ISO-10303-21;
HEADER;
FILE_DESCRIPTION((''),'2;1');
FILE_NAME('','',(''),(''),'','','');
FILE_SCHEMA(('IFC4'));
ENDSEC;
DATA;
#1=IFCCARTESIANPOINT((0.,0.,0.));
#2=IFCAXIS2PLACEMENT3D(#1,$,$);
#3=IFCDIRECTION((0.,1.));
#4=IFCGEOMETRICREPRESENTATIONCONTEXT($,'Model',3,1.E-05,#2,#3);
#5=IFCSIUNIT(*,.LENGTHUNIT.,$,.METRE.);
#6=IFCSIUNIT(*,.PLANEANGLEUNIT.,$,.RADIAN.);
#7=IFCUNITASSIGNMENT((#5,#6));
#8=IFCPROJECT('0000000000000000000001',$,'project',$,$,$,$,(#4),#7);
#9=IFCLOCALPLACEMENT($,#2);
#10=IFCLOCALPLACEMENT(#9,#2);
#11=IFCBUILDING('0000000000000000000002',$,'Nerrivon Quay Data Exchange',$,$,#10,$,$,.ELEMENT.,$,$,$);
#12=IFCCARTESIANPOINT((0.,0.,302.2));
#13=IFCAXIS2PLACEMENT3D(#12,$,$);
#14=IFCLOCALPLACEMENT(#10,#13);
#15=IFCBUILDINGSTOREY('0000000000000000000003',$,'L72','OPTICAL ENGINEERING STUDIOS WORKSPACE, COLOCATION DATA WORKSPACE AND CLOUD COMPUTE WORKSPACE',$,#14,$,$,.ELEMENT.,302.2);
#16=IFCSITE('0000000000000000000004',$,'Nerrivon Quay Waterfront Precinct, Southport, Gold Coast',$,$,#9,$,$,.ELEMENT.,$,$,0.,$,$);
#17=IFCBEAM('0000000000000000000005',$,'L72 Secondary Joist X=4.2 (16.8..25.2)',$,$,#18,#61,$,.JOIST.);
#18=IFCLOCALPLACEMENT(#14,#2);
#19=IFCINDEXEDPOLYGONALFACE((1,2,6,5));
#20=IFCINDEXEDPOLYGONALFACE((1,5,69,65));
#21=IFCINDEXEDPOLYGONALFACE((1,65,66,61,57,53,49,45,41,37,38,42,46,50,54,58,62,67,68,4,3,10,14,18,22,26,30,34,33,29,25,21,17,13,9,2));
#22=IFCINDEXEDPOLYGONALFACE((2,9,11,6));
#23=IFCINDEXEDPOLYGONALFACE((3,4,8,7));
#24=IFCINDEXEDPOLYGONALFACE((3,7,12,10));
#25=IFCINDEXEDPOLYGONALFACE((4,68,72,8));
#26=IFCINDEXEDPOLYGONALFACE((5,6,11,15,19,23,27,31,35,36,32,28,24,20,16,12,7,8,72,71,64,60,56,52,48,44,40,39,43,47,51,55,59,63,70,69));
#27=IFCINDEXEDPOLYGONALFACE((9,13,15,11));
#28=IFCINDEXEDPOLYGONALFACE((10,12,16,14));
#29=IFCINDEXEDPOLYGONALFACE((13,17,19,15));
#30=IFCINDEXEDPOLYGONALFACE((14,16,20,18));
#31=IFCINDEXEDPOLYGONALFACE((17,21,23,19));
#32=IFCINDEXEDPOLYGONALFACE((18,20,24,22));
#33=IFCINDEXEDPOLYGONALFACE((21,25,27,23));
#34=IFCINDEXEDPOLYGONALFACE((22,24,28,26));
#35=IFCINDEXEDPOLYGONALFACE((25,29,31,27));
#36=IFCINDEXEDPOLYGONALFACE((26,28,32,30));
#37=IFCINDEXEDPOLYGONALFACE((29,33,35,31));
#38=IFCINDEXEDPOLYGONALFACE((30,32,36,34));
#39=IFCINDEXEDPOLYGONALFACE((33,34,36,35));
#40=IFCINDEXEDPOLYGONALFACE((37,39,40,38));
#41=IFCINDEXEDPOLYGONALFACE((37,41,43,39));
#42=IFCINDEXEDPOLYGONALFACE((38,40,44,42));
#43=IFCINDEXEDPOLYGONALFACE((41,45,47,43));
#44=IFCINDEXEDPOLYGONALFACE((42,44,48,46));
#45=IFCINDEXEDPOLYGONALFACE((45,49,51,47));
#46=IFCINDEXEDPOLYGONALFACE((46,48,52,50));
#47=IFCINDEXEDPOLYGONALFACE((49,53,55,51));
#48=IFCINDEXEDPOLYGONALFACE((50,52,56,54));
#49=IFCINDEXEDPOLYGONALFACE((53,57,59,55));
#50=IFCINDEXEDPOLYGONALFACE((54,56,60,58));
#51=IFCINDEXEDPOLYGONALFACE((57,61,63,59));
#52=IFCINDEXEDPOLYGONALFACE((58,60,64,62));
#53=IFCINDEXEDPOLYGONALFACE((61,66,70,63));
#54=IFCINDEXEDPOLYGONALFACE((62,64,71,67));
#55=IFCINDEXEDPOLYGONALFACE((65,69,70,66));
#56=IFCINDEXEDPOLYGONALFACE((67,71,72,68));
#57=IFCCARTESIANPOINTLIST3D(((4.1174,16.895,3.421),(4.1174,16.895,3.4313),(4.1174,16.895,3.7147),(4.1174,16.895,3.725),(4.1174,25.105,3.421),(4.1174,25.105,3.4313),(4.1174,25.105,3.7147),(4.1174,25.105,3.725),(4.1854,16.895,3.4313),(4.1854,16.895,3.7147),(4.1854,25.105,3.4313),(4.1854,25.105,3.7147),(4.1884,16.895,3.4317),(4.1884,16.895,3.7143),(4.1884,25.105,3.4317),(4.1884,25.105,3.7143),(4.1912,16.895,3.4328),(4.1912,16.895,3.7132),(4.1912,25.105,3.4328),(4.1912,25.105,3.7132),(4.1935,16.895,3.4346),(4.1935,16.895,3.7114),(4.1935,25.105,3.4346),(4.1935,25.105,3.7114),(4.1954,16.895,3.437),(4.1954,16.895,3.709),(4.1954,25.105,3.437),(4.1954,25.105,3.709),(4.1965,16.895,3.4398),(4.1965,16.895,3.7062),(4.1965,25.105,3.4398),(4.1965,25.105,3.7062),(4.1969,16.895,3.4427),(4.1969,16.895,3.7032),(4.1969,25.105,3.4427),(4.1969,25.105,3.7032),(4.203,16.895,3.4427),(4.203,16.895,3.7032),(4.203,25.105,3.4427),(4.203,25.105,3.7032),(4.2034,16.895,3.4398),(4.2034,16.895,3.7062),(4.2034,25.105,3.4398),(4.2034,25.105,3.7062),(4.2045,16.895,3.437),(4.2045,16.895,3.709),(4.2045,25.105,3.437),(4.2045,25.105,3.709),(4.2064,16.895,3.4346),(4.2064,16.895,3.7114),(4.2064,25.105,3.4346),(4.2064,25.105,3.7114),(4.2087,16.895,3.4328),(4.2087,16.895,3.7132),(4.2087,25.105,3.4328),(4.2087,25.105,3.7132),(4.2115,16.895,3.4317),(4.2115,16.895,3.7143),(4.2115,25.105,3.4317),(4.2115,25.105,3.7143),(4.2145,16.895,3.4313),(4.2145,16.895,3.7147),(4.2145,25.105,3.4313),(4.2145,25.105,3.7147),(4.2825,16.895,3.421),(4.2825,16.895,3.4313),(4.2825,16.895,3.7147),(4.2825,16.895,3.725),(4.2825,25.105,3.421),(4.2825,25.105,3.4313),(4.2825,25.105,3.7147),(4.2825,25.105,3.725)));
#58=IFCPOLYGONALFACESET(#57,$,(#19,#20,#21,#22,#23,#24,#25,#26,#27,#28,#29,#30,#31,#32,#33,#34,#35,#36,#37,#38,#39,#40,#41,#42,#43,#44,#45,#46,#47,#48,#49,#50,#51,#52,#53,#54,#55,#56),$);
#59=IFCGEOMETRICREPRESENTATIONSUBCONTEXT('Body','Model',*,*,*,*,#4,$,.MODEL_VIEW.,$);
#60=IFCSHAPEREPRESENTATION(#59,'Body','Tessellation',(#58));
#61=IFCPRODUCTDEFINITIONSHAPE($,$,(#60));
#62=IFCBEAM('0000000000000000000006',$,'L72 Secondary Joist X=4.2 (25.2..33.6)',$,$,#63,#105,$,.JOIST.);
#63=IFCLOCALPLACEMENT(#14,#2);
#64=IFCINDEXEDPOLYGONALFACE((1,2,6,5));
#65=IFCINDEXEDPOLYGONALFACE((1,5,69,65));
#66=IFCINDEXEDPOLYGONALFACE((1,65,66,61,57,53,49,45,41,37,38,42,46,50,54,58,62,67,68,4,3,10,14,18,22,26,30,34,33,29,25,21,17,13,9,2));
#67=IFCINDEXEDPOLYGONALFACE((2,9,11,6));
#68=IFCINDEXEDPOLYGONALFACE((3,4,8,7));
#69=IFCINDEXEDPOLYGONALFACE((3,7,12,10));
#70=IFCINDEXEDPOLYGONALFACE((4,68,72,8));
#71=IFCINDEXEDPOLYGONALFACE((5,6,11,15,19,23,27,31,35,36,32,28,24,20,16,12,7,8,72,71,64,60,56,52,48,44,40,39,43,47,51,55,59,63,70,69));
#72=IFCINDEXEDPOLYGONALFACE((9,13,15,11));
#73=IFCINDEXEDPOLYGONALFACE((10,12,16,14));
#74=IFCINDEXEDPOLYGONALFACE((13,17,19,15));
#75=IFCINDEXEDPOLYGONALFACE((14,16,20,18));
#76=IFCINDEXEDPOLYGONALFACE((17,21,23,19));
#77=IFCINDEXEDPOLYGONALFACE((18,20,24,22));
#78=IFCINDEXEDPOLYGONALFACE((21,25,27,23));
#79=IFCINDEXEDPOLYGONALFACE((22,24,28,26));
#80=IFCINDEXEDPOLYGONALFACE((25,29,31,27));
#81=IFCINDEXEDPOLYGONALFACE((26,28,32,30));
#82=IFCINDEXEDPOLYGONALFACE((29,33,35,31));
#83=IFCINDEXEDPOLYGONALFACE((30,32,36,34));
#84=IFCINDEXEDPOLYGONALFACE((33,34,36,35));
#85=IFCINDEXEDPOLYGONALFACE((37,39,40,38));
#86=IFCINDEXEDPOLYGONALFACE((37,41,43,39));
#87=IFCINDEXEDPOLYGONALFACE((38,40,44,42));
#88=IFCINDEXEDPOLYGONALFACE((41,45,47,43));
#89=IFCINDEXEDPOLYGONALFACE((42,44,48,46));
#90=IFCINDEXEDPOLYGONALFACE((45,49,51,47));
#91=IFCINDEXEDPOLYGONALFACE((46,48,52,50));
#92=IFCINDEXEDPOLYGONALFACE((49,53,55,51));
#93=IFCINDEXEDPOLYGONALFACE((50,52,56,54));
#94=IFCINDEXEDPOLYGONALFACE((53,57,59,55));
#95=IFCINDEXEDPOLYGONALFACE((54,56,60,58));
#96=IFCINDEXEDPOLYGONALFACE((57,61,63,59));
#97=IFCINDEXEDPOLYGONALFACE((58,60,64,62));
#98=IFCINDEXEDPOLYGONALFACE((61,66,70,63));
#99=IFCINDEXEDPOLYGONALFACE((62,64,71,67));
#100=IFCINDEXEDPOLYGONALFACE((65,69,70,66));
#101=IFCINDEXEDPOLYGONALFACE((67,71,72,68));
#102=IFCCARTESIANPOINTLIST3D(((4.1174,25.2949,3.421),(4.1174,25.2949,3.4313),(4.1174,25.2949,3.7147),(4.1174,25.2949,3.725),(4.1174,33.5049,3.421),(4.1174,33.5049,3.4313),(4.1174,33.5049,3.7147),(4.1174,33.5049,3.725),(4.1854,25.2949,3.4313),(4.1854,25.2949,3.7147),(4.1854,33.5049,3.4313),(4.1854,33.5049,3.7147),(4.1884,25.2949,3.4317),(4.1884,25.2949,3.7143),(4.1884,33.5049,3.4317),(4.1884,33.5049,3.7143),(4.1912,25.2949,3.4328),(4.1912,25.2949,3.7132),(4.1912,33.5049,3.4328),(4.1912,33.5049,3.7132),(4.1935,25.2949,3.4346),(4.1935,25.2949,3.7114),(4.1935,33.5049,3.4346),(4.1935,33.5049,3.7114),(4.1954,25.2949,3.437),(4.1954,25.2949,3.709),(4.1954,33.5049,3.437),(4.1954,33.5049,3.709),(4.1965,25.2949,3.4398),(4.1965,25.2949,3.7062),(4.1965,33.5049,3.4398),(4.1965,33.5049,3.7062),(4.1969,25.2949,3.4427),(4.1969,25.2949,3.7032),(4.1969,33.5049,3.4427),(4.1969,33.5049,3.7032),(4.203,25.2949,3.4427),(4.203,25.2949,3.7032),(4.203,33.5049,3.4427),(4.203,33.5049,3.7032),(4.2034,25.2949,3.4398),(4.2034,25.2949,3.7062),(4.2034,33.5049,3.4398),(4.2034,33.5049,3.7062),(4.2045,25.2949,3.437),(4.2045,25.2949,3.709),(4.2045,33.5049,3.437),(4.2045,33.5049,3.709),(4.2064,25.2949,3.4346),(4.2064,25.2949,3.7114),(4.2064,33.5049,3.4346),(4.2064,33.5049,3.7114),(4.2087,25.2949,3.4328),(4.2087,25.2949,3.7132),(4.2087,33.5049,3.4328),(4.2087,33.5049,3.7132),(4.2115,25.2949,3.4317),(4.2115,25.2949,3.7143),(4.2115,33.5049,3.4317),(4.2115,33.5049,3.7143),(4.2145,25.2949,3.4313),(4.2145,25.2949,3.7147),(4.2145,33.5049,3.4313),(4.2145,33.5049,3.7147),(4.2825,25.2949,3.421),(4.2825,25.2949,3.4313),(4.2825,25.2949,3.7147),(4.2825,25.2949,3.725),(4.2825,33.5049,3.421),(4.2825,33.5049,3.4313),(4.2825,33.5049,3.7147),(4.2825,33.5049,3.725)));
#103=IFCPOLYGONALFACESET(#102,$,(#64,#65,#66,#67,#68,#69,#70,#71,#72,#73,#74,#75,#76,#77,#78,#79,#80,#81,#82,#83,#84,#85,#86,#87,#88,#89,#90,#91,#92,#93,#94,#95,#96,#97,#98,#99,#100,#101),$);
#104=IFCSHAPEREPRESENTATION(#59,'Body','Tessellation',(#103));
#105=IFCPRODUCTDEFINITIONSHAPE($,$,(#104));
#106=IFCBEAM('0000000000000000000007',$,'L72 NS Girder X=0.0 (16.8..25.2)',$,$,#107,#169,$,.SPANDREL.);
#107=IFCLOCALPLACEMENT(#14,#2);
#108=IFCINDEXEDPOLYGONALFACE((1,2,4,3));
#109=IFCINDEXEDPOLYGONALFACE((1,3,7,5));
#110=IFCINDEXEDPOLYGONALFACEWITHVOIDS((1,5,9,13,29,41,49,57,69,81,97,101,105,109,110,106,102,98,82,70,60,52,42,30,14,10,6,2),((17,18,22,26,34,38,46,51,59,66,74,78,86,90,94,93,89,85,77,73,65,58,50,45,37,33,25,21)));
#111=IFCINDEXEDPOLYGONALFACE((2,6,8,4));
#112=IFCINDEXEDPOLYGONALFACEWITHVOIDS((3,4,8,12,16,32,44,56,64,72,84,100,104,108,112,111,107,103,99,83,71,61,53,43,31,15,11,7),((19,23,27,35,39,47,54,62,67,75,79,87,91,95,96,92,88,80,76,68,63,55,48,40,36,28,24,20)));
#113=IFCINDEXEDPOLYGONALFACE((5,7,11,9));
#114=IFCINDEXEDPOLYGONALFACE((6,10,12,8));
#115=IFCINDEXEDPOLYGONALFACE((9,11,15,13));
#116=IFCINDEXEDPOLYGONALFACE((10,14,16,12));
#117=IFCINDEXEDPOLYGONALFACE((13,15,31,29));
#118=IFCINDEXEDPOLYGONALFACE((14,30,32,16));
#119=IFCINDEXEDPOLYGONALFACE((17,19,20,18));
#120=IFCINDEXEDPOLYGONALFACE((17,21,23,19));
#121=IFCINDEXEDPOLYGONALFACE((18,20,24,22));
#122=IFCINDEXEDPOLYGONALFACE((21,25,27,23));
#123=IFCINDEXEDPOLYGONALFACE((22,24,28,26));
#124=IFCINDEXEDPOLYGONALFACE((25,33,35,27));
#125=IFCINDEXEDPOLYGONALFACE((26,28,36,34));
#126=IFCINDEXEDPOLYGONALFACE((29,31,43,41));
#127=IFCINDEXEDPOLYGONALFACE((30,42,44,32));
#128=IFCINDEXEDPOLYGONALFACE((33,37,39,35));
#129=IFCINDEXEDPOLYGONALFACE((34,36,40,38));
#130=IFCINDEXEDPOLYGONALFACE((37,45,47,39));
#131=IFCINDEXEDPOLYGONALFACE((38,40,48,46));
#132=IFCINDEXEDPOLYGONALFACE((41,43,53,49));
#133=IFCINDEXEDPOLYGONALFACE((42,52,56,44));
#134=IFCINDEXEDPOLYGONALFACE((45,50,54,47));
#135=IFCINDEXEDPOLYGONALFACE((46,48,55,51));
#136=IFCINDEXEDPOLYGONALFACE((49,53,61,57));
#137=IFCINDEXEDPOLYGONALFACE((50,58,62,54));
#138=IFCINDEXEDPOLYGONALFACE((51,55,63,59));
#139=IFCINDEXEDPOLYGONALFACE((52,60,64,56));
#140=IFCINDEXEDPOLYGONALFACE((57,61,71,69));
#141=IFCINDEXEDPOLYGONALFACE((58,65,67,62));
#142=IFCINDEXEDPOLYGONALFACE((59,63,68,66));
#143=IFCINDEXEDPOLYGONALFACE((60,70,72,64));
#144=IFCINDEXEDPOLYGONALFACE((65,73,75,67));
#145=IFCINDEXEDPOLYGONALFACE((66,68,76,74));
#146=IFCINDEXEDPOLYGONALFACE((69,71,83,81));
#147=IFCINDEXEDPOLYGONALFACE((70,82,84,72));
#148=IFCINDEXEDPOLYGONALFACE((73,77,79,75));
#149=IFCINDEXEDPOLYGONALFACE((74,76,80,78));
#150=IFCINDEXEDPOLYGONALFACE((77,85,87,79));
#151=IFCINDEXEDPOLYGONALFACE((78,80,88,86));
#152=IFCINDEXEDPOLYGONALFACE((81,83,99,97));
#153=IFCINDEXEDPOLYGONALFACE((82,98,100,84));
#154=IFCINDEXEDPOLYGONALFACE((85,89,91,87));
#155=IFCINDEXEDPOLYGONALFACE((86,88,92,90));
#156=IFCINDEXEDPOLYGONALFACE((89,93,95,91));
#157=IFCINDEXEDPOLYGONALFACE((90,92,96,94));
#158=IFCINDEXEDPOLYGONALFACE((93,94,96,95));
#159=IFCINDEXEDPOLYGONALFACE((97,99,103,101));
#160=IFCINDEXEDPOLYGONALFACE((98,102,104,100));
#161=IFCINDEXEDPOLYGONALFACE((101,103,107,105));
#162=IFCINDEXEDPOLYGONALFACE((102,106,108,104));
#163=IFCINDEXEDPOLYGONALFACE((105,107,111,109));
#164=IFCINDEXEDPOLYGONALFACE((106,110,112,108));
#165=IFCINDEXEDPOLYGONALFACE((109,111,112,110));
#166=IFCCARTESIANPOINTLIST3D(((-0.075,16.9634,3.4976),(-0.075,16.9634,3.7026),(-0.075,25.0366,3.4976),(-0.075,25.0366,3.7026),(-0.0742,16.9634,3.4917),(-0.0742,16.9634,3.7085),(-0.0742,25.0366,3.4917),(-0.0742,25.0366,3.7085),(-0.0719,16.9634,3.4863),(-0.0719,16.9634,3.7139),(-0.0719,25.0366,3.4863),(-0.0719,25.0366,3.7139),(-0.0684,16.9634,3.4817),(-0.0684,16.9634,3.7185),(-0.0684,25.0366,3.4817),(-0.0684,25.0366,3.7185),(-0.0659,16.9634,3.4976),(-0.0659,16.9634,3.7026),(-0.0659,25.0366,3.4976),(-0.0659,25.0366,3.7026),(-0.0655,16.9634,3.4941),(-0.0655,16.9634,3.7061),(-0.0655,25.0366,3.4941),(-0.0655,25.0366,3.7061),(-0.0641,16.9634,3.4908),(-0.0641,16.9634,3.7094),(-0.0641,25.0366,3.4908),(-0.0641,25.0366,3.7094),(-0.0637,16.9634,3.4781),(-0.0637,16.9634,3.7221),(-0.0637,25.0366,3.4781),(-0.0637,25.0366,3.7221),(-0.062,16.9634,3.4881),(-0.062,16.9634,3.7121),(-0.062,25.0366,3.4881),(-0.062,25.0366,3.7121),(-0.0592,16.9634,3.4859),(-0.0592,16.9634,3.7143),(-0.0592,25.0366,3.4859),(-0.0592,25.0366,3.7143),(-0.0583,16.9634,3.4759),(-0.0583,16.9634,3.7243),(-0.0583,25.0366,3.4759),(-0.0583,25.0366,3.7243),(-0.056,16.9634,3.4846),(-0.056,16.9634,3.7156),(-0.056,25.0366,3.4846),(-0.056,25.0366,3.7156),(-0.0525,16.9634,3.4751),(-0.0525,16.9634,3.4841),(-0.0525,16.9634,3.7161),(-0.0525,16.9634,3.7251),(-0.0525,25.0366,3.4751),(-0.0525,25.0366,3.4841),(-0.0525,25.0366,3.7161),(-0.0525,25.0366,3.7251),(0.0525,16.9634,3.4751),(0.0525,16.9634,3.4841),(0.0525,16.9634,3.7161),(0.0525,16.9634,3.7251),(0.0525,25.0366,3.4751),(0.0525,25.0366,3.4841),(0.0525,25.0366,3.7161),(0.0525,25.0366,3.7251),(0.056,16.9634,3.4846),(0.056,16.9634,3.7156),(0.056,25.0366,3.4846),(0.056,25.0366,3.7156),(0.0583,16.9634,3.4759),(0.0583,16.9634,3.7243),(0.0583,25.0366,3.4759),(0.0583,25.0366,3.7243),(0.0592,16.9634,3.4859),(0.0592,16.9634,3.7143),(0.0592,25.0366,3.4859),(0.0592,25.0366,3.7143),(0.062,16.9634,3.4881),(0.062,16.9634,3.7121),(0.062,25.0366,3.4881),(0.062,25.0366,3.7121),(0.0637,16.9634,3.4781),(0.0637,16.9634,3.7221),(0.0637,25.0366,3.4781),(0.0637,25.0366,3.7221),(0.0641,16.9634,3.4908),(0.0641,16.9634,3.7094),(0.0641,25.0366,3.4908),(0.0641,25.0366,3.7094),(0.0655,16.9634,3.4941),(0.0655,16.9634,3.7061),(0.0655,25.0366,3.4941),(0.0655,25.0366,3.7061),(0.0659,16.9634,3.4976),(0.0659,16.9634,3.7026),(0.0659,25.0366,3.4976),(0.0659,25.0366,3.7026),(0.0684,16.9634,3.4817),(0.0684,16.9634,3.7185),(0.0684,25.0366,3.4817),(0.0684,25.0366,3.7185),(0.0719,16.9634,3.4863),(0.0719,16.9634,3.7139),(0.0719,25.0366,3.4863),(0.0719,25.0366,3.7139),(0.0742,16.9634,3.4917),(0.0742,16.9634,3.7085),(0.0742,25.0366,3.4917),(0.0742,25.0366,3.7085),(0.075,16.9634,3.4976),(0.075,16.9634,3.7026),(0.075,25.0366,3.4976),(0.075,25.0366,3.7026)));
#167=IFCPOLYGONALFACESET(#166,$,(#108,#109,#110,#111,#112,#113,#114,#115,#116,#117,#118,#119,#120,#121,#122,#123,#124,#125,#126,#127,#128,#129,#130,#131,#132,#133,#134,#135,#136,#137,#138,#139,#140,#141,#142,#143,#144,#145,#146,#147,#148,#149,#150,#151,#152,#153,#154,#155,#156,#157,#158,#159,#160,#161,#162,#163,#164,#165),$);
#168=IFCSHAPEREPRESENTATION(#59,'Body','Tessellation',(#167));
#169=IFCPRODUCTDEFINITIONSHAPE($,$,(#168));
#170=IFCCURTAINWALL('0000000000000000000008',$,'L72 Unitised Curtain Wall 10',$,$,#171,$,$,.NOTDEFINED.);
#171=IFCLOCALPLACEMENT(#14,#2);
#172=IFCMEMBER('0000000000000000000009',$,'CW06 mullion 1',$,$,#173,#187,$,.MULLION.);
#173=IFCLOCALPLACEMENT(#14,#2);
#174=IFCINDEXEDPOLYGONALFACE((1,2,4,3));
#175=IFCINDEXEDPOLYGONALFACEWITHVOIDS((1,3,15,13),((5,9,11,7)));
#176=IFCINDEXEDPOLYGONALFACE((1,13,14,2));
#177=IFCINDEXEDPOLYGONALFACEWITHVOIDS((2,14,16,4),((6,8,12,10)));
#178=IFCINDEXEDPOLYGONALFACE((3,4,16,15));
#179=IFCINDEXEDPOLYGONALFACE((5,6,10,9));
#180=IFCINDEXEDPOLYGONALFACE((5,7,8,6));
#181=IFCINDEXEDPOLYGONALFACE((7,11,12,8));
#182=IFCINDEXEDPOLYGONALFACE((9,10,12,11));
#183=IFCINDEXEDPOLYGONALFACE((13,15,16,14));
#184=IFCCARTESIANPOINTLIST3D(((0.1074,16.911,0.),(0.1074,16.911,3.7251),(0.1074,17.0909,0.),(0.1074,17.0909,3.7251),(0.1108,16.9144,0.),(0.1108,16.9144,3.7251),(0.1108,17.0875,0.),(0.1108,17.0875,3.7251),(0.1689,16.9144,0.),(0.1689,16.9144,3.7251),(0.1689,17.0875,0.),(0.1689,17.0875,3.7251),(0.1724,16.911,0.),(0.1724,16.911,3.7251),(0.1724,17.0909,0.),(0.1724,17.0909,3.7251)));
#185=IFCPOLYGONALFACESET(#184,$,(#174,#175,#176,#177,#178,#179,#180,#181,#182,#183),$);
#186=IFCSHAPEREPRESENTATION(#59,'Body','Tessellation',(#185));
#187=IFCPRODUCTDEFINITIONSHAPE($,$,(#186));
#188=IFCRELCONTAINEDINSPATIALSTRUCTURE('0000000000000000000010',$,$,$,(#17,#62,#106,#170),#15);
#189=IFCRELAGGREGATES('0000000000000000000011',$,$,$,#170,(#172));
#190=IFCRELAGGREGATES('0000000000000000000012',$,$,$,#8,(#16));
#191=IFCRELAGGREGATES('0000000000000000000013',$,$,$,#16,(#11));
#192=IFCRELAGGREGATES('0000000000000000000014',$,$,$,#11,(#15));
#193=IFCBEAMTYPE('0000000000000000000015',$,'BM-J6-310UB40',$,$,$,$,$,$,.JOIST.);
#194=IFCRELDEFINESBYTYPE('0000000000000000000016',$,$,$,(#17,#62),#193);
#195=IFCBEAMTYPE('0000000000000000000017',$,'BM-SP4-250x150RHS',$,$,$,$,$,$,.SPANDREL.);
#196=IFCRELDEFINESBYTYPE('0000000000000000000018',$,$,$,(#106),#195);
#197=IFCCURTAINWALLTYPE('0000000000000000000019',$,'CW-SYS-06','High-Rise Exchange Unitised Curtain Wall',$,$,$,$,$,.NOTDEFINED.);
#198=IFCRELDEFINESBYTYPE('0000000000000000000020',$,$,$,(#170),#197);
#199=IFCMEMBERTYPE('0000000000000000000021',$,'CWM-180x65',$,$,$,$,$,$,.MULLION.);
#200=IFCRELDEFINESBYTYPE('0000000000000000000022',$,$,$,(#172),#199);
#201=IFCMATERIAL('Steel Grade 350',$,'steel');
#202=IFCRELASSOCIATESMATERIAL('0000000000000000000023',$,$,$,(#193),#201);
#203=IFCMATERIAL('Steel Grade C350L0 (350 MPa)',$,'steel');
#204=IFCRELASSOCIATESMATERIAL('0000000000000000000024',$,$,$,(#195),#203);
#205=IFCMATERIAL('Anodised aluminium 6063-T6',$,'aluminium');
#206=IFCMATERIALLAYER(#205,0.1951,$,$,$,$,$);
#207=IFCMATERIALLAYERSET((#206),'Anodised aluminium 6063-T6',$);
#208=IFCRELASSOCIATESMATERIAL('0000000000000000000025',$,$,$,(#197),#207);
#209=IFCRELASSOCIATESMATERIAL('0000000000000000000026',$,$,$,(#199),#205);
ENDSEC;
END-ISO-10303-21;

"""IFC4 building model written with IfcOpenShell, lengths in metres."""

from ifc_helpers import new_model, si_unit, direction, frame, origin, origin_2d, place, context, subcontext, project, spatial, hollow_rectangle, i_section, extrude, material, layer, layer_set, material_profile, profile_set, type_object, element, aggregate, save


model = new_model("IFC4")

# Units and contexts
model_context = context("Model", 3, precision=1e-05, world=origin(), true_north=direction((0.0, 1.0)))
body_context = subcontext(model_context, "Body", "Model", "MODEL_VIEW")
ifc_project = project(units=[si_unit("LENGTHUNIT", "METRE"), si_unit("PLANEANGLEUNIT", "RADIAN")], contexts=[model_context])

# Site, building, storey
site_placement = place(None, origin())
site = spatial("IfcSite", under=ifc_project, at=site_placement, Name="Nerrivon Quay Waterfront Precinct, Southport, Gold Coast", CompositionType="ELEMENT", RefElevation=0.0)
building_placement = place(site_placement, origin())
building = spatial("IfcBuilding", under=site, at=building_placement, Name="Nerrivon Quay Data Exchange", CompositionType="ELEMENT")
storey_placement = place(building_placement, frame((0.0, 0.0, 302.2)))
storey = spatial("IfcBuildingStorey", under=building, at=storey_placement, Name="L72", Description="OPTICAL ENGINEERING STUDIOS WORKSPACE, COLOCATION DATA WORKSPACE AND CLOUD COMPUTE WORKSPACE", CompositionType="ELEMENT", Elevation=302.2)

# Shared definitions
ifc_material_1 = material(Name="Steel Grade 350", Category="steel")

# Beams
ifc_material_profile_1 = material_profile(ifc_material_1, i_section(OverallWidth=0.165, OverallDepth=0.304, WebThickness=0.0061, FlangeThickness=0.0103, FilletRadius=0.0115, at=origin_2d()), Name="310UB40.4")
ifc_profile_set_1 = profile_set([ifc_material_profile_1], Name="Steel Grade 350")
beam_type_1 = type_object("IfcBeamType", Name="BM-J6-310UB40", PredefinedType="JOIST", material=ifc_profile_set_1)
for number, where, z_axis, x_axis, name in (
    (1, (4.2, 16.895, 3.573), (0.0, 1.0, 0.0), (-1.0, 0.0, 0.0), "L72 Secondary Joist X=4.2 (16.8..25.2)"),
    (2, (4.2, 25.2949, 3.573), (0.0, 1.0, 0.0), (-1.0, 0.0, 0.0), "L72 Secondary Joist X=4.2 (25.2..33.6)"),
):
    element("IfcBeam", number, at=place(storey_placement, frame(where, z_axis=z_axis, x_axis=x_axis)), inside=storey, type_object=beam_type_1, Name=name, PredefinedType="JOIST", context=body_context, shape_type="SweptSolid", body=[
        extrude(i_section(OverallWidth=0.165, OverallDepth=0.304, WebThickness=0.0061, FlangeThickness=0.0103, FilletRadius=0.0115, at=origin_2d()), origin(), (0.0, 0.0, 1.0), 8.21),
    ])
ifc_material_2 = material(Name="Steel Grade C350L0 (350 MPa)", Category="steel")
ifc_material_profile_2 = material_profile(ifc_material_2, hollow_rectangle(XDim=0.1499, YDim=0.25, WallThickness=0.009, InnerFilletRadius=0.0134, OuterFilletRadius=0.0225, at=origin_2d()), Name="250x150x9.0RHS")
ifc_profile_set_2 = profile_set([ifc_material_profile_2], Name="Steel Grade C350L0 (350 MPa)")
beam_type_2 = type_object("IfcBeamType", Name="BM-SP4-250x150RHS", PredefinedType="SPANDREL", material=ifc_profile_set_2)
beam_1_placement = place(storey_placement, frame((0.0, 16.9634, 3.6001), z_axis=(0.0, 1.0, 0.0), x_axis=(-1.0, 0.0, 0.0)))
element("IfcBeam", 3, at=beam_1_placement, inside=storey, type_object=beam_type_2, Name="L72 NS Girder X=0.0 (16.8..25.2)", PredefinedType="SPANDREL", context=body_context, shape_type="SweptSolid", body=[
    extrude(hollow_rectangle(XDim=0.1499, YDim=0.25, WallThickness=0.009, InnerFilletRadius=0.0134, OuterFilletRadius=0.0225, at=origin_2d()), origin(), (0.0, 0.0, 1.0), 8.0732),
])

# Curtain wall, member
ifc_material_3 = material(Name="Anodised aluminium 6063-T6", Category="aluminium")
ifc_layer_1 = layer(ifc_material_3, 0.1951)
ifc_layer_set_1 = layer_set([ifc_layer_1], Name="Anodised aluminium 6063-T6")
curtain_wall_type = type_object("IfcCurtainWallType", Name="CW-SYS-06", Description="High-Rise Exchange Unitised Curtain Wall", PredefinedType="NOTDEFINED", material=ifc_layer_set_1)
curtain_wall_placement = place(storey_placement, origin())
curtain_wall = element("IfcCurtainWall", 4, at=curtain_wall_placement, inside=storey, type_object=curtain_wall_type, Name="L72 Unitised Curtain Wall 10", PredefinedType="NOTDEFINED")
ifc_material_profile_3 = material_profile(ifc_material_3, hollow_rectangle(XDim=0.0649, YDim=0.1799, WallThickness=0.0034, at=origin_2d()), Name="ALU-MULL-180x65")
ifc_profile_set_3 = profile_set([ifc_material_profile_3], Name="Anodised aluminium 6063-T6")
member_type_1 = type_object("IfcMemberType", Name="CWM-180x65", PredefinedType="MULLION", material=ifc_profile_set_3)
member_1_placement = place(storey_placement, frame((0.1399, 17.001, 0.0), z_axis=(0.0, 0.0, 1.0), x_axis=(-1.0, 0.0, 0.0)))
member_1 = element("IfcMember", 5, at=member_1_placement, type_object=member_type_1, Name="CW06 mullion 1", PredefinedType="MULLION", context=body_context, shape_type="SweptSolid", body=[
    extrude(hollow_rectangle(XDim=0.0649, YDim=0.1799, WallThickness=0.0034, at=origin_2d()), origin(), (0.0, 0.0, 1.0), 3.7251),
])
aggregate(curtain_wall, [member_1])

save(model, "model.ifc")
